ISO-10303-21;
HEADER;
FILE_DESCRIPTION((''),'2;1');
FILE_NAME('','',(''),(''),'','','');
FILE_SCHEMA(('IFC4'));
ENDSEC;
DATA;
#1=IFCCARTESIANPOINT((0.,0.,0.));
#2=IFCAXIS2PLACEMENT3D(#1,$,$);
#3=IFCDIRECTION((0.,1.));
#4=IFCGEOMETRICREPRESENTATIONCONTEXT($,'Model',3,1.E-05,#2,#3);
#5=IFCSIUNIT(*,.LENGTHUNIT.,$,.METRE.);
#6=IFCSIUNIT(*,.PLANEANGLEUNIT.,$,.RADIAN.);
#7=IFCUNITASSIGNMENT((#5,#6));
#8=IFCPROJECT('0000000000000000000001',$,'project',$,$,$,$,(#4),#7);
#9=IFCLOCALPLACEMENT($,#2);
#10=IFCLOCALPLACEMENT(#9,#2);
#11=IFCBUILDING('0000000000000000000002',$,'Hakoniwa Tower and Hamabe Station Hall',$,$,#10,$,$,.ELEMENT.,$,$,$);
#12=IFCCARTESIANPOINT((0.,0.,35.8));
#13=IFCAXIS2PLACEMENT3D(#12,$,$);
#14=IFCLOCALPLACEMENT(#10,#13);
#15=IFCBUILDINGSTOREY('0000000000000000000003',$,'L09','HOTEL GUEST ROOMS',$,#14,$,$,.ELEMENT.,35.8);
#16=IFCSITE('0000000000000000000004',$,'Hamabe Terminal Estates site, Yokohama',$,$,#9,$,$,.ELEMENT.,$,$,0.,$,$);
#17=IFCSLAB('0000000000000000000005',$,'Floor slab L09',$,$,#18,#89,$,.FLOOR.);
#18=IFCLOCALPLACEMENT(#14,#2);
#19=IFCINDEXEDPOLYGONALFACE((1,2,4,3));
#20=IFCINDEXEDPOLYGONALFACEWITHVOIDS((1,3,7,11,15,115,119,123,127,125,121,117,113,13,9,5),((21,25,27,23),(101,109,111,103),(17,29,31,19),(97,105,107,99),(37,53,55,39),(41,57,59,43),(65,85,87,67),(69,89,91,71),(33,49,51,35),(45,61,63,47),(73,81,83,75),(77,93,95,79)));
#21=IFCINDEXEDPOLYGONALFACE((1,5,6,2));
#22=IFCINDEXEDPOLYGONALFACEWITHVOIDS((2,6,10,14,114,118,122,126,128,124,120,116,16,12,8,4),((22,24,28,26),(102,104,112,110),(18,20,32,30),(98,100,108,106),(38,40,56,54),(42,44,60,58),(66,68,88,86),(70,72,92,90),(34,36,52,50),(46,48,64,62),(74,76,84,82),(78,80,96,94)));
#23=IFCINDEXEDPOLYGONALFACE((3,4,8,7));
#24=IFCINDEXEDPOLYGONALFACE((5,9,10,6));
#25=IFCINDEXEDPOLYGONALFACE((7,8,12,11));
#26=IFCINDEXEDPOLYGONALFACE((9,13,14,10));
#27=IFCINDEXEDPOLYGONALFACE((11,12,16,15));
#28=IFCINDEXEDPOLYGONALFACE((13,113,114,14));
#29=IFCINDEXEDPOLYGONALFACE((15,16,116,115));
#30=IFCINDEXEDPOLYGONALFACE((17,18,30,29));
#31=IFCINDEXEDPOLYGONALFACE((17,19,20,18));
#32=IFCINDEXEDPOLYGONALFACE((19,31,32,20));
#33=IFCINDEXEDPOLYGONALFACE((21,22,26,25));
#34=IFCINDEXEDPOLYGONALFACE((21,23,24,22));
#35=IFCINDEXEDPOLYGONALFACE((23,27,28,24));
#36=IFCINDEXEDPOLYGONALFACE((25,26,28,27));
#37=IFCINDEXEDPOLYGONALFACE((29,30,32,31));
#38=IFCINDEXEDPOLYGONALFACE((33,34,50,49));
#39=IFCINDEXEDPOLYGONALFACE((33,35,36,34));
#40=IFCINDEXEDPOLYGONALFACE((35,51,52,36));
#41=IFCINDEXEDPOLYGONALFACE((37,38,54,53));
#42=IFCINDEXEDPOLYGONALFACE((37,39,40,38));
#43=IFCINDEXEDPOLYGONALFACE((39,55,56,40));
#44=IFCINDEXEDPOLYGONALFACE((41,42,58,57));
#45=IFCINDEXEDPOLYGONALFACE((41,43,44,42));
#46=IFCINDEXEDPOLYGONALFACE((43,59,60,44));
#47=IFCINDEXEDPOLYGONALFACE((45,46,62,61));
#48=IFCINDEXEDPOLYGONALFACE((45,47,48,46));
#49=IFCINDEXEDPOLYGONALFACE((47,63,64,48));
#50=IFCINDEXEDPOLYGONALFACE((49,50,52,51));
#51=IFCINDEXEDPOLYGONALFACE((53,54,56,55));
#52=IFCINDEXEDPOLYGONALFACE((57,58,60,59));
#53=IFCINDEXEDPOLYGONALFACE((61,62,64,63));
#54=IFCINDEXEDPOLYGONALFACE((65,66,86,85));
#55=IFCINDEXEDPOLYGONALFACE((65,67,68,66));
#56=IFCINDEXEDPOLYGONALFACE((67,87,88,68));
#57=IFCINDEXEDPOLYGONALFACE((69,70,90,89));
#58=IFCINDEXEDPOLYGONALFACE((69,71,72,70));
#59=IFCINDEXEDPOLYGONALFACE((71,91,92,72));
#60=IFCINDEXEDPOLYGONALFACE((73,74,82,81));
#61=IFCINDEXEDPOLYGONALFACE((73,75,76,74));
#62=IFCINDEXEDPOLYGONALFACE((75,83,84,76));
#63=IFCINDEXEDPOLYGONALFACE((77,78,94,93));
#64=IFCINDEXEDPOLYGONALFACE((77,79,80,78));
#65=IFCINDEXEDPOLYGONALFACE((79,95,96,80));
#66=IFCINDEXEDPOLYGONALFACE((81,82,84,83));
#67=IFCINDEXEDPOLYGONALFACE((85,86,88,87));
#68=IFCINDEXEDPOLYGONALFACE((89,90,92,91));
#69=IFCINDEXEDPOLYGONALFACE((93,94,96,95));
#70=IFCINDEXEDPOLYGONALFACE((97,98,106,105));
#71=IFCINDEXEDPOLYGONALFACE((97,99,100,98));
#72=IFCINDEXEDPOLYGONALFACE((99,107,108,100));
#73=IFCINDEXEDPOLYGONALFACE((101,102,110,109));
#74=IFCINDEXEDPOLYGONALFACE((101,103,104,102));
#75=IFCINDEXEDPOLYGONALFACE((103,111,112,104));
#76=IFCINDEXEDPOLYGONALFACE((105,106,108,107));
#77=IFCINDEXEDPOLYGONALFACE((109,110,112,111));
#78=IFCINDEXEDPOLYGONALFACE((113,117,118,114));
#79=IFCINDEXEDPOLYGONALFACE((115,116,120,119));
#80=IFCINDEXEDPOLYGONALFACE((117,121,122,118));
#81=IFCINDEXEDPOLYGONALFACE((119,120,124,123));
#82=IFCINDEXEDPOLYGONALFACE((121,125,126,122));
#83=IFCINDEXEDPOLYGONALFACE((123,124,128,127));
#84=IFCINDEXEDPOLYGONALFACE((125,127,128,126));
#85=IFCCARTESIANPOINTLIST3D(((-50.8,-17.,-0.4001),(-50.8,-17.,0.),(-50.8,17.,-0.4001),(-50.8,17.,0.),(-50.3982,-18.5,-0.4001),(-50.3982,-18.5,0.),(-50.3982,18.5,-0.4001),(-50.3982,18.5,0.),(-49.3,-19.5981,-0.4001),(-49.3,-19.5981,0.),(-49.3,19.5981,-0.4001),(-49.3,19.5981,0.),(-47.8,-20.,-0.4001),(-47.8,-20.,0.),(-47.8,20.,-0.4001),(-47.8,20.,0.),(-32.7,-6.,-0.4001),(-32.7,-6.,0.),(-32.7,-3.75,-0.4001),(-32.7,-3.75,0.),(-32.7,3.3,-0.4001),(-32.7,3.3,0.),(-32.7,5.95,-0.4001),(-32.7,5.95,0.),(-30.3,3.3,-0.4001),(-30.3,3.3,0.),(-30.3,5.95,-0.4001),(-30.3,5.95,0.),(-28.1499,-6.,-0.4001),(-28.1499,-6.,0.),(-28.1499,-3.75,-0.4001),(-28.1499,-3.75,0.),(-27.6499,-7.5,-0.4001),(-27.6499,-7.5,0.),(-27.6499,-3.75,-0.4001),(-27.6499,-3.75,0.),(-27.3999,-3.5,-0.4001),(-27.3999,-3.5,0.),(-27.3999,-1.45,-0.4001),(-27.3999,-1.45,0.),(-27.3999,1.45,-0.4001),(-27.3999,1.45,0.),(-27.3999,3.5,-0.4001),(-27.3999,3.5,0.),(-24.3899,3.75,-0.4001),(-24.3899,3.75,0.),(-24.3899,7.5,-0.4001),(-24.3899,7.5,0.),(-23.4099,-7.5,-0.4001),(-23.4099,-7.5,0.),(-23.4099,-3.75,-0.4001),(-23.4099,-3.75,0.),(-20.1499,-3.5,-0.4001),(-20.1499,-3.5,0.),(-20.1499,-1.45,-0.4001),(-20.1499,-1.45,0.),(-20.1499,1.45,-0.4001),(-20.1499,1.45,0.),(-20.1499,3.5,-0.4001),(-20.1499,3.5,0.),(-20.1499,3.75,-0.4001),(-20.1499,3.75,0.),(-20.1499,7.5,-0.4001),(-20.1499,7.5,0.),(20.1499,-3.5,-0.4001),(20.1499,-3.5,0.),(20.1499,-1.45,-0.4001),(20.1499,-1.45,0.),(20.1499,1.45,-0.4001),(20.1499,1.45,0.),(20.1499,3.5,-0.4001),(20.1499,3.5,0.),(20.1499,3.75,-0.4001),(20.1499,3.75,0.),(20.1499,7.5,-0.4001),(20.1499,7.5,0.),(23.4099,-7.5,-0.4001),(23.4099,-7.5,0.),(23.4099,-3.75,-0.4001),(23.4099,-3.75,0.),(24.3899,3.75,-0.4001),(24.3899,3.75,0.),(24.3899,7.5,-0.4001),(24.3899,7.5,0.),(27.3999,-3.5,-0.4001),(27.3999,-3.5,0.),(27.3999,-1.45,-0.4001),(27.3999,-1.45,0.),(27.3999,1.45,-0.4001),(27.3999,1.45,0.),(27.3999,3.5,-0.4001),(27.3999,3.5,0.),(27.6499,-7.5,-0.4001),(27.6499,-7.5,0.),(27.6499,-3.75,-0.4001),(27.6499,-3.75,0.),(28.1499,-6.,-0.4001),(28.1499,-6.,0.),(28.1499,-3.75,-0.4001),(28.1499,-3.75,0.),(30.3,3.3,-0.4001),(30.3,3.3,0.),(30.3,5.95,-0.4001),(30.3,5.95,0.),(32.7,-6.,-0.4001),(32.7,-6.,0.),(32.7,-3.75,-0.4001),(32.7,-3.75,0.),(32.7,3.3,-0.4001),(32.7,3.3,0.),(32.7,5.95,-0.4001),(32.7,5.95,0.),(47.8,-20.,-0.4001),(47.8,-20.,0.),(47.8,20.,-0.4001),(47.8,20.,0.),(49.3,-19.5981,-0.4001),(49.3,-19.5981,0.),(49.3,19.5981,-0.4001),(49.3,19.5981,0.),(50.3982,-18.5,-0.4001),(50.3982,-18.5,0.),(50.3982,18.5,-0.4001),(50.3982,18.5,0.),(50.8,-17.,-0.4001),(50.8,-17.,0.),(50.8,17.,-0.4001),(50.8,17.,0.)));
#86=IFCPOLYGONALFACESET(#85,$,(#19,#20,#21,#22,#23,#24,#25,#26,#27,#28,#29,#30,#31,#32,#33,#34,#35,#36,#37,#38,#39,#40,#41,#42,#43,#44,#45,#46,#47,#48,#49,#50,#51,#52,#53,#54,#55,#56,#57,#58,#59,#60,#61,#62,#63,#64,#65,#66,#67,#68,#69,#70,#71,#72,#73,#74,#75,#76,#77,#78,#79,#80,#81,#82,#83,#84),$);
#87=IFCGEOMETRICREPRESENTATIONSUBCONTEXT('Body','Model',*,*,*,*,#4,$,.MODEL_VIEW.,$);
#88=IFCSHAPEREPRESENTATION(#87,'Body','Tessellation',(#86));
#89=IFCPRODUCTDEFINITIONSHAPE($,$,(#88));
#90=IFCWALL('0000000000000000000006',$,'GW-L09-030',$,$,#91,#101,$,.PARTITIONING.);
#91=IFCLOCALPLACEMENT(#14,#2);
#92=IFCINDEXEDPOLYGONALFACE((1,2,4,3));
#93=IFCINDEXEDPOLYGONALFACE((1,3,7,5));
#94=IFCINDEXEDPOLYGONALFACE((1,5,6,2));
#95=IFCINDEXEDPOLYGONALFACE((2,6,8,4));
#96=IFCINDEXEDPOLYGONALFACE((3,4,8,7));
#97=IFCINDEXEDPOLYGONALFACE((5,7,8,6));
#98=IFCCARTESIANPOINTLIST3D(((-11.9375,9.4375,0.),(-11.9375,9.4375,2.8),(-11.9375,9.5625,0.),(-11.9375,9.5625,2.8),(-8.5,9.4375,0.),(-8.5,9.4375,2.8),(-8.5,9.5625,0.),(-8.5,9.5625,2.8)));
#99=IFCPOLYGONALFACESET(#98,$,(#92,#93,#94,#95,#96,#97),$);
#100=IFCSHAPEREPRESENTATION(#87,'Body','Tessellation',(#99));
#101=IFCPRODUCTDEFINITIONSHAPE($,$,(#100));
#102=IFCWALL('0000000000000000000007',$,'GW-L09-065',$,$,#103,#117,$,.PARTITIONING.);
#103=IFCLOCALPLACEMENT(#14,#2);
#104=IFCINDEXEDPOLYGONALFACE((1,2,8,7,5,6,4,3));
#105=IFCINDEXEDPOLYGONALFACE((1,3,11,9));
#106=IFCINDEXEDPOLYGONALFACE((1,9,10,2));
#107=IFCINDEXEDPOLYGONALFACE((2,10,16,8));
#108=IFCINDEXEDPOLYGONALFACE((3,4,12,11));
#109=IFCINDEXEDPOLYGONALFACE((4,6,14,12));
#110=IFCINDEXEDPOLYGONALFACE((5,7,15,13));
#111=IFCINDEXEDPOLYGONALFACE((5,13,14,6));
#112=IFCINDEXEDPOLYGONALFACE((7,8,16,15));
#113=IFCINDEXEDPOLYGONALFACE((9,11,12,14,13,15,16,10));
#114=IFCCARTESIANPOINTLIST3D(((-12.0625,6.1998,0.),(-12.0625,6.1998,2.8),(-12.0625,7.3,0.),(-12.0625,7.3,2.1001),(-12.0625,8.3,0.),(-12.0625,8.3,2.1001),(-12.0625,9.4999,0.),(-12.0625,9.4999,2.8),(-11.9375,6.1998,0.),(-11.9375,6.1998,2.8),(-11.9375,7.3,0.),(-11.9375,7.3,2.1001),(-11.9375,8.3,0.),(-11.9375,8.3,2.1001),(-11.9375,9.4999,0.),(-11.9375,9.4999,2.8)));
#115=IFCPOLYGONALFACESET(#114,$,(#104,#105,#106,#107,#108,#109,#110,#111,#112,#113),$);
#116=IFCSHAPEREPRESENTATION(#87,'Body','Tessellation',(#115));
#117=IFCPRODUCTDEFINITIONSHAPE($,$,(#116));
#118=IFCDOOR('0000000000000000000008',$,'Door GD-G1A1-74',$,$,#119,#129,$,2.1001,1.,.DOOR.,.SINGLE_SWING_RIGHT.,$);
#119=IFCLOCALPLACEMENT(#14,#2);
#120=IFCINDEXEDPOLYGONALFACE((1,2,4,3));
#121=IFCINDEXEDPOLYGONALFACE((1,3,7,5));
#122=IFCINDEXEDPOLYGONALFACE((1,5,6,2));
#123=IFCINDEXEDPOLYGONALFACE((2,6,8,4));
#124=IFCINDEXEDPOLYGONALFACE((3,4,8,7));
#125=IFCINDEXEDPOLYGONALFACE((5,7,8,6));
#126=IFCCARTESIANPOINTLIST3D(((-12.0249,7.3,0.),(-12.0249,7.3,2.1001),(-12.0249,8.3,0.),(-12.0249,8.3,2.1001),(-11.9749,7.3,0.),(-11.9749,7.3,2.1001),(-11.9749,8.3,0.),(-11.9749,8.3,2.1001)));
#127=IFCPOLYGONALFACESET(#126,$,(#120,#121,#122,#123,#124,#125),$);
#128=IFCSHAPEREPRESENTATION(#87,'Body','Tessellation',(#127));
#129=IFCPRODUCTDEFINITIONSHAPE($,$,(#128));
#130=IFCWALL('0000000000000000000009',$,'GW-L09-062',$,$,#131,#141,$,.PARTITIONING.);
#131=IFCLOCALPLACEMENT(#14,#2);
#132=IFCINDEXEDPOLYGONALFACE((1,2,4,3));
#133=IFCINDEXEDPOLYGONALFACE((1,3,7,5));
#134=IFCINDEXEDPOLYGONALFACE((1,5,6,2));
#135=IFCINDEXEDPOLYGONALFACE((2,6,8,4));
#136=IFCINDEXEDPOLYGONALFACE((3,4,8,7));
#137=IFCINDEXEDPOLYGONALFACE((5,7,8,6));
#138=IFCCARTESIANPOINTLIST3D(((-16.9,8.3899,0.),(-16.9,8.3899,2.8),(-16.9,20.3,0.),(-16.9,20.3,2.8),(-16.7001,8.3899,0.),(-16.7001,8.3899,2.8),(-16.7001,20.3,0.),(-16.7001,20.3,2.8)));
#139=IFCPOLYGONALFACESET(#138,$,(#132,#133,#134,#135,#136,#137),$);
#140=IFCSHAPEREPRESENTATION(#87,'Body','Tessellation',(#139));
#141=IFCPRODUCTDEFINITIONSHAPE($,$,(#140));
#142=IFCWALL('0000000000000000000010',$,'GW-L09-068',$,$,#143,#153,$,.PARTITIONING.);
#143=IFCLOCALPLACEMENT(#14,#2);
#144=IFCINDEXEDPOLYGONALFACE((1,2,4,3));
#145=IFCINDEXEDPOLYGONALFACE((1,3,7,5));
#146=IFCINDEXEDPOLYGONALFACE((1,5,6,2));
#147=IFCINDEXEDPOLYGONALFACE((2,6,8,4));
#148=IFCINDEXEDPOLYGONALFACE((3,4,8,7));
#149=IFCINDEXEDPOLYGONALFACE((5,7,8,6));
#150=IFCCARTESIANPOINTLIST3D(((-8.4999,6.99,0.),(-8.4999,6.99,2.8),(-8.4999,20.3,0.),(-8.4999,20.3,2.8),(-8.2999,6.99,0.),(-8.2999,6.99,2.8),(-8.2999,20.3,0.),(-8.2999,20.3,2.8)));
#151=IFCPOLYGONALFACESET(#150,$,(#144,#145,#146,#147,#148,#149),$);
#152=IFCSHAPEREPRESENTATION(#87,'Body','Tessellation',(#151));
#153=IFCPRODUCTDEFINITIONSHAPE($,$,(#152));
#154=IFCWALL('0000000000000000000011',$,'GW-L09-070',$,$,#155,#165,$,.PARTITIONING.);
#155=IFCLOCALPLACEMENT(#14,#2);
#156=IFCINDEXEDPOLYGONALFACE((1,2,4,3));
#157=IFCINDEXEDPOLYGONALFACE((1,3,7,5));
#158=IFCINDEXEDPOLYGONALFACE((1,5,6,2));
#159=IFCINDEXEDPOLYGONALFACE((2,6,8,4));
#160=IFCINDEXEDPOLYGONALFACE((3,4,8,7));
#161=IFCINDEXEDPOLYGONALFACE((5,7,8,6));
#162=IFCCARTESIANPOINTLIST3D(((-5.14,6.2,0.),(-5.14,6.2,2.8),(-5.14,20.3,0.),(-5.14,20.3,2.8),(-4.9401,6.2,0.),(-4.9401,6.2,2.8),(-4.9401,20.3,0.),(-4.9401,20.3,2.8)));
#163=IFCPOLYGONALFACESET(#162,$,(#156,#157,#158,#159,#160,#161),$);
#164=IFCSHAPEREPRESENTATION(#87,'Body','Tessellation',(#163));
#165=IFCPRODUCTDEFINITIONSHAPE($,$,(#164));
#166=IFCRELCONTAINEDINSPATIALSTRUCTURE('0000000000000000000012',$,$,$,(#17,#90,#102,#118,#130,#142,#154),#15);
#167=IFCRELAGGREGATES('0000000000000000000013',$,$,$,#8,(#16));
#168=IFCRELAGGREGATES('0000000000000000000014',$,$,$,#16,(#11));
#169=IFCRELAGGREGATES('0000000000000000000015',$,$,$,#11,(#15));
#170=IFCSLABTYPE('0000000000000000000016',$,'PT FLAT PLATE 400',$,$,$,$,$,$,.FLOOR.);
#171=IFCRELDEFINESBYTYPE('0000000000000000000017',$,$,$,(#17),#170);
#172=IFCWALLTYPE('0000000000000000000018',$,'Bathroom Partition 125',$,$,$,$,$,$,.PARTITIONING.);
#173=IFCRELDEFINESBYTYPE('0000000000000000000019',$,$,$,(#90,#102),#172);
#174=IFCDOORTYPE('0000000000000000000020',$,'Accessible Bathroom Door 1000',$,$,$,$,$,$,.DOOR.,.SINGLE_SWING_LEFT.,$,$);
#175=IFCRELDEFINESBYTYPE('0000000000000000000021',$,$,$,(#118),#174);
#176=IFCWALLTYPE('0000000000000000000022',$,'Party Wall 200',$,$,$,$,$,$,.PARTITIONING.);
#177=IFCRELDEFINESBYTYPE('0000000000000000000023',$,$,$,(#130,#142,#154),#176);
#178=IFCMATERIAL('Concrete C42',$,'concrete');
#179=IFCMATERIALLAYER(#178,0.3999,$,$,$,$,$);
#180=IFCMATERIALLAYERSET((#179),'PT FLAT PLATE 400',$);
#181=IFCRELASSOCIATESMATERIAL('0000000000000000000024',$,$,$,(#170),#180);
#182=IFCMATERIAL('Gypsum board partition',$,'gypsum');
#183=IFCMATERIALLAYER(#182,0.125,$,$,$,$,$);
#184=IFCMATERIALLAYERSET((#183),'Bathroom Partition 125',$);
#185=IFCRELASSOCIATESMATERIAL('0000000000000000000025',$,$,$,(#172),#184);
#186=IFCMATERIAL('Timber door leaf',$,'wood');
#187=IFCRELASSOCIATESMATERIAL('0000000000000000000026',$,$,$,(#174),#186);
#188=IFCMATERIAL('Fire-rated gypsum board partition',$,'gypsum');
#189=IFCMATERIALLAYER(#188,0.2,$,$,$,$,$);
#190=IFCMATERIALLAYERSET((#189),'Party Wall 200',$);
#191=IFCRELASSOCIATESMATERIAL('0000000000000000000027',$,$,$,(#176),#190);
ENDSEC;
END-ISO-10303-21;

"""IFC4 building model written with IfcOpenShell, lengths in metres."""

from ifc_helpers import new_model, si_unit, direction, frame, frame_2d, origin, place, context, subcontext, project, spatial, polyline, rectangle, outline, extrude, material, layer, layer_set, type_object, element, fill, save


model = new_model("IFC4")

# Units and contexts
model_context = context("Model", 3, precision=1e-05, world=origin(), true_north=direction((0.0, 1.0)))
body_context = subcontext(model_context, "Body", "Model", "MODEL_VIEW")
ifc_project = project(units=[si_unit("LENGTHUNIT", "METRE"), si_unit("PLANEANGLEUNIT", "RADIAN")], contexts=[model_context])

# Site, building, storey
site_placement = place(None, origin())
site = spatial("IfcSite", under=ifc_project, at=site_placement, Name="Hamabe Terminal Estates site, Yokohama", CompositionType="ELEMENT", RefElevation=0.0)
building_placement = place(site_placement, origin())
building = spatial("IfcBuilding", under=site, at=building_placement, Name="Hakoniwa Tower and Hamabe Station Hall", CompositionType="ELEMENT")
storey_placement = place(building_placement, frame((0.0, 0.0, 35.8)))
storey = spatial("IfcBuildingStorey", under=building, at=storey_placement, Name="L09", Description="HOTEL GUEST ROOMS", CompositionType="ELEMENT", Elevation=35.8)

# Slab
ifc_material_1 = material(Name="Concrete C42", Category="concrete")
ifc_layer_1 = layer(ifc_material_1, 0.3999)
ifc_layer_set_1 = layer_set([ifc_layer_1], Name="PT FLAT PLATE 400")
slab_type = type_object("IfcSlabType", Name="PT FLAT PLATE 400", PredefinedType="FLOOR", material=ifc_layer_set_1)
slab_placement = place(storey_placement, frame((0.0, 0.0, -0.4001)))
element("IfcSlab", 1, at=slab_placement, inside=storey, type_object=slab_type, Name="Floor slab L09", PredefinedType="FLOOR", context=body_context, shape_type="SweptSolid", body=[
    extrude(outline(polyline([(50.8, -17.0), (50.8, 17.0), (50.3982, 18.5), (49.3, 19.5981), (47.8, 20.0), (-47.8, 20.0), (-49.3, 19.5981), (-50.3982, 18.5), (-50.8, 17.0), (-50.8, -17.0), (-50.3982, -18.5), (-49.3, -19.5981), (-47.8, -20.0), (47.8, -20.0), (49.3, -19.5981), (50.3982, -18.5), (50.8, -17.0)]), holes=[polyline([(-27.3999, 1.45), (-27.3999, 3.5), (-20.1499, 3.5), (-20.1499, 1.45), (-27.3999, 1.45)]), polyline([(-27.3999, -3.5), (-27.3999, -1.45), (-20.1499, -1.45), (-20.1499, -3.5), (-27.3999, -3.5)]), polyline([(-32.7, 3.3), (-32.7, 5.95), (-30.3, 5.95), (-30.3, 3.3), (-32.7, 3.3)]), polyline([(-32.7, -6.0), (-32.7, -3.75), (-28.1499, -3.75), (-28.1499, -6.0), (-32.7, -6.0)]), polyline([(-24.3899, 3.75), (-24.3899, 7.5), (-20.1499, 7.5), (-20.1499, 3.75), (-24.3899, 3.75)]), polyline([(-27.6499, -7.5), (-27.6499, -3.75), (-23.4099, -3.75), (-23.4099, -7.5), (-27.6499, -7.5)]), polyline([(20.1499, 1.45), (20.1499, 3.5), (27.3999, 3.5), (27.3999, 1.45), (20.1499, 1.45)]), polyline([(20.1499, -3.5), (20.1499, -1.45), (27.3999, -1.45), (27.3999, -3.5), (20.1499, -3.5)]), polyline([(30.3, 3.3), (30.3, 5.95), (32.7, 5.95), (32.7, 3.3), (30.3, 3.3)]), polyline([(28.1499, -6.0), (28.1499, -3.75), (32.7, -3.75), (32.7, -6.0), (28.1499, -6.0)]), polyline([(20.1499, 3.75), (20.1499, 7.5), (24.3899, 7.5), (24.3899, 3.75), (20.1499, 3.75)]), polyline([(23.4099, -7.5), (23.4099, -3.75), (27.6499, -3.75), (27.6499, -7.5), (23.4099, -7.5)])]), origin(), (0.0, 0.0, 1.0), 0.4001),
])

# Wall
ifc_material_2 = material(Name="Gypsum board partition", Category="gypsum")
ifc_layer_2 = layer(ifc_material_2, 0.125)
ifc_layer_set_2 = layer_set([ifc_layer_2], Name="Bathroom Partition 125")
wall_type_1 = type_object("IfcWallType", Name="Bathroom Partition 125", PredefinedType="PARTITIONING", material=ifc_layer_set_2)
wall_1_placement = place(storey_placement, frame((-11.9375, 9.5, 0.0), z_axis=(0.0, 0.0, 1.0), x_axis=(1.0, 0.0, 0.0)))
element("IfcWall", 2, at=wall_1_placement, inside=storey, type_object=wall_type_1, Name="GW-L09-030", PredefinedType="PARTITIONING", context=body_context, shape_type="SweptSolid", body=[
    extrude(rectangle(XDim=3.4375, YDim=0.125, at=frame_2d((1.7188, 0.0))), origin(), (0.0, 0.0, 1.0), 2.8),
])

# Wall, opening, door
wall_2_placement = place(storey_placement, frame((-12.0, 6.2, 0.0), z_axis=(0.0, 0.0, 1.0), x_axis=(0.0, 1.0, 0.0)))
wall_2 = element("IfcWall", 3, at=wall_2_placement, inside=storey, type_object=wall_type_1, Name="GW-L09-065", PredefinedType="PARTITIONING", context=body_context, shape_type="SweptSolid", body=[
    extrude(rectangle(XDim=3.3, YDim=0.125, at=frame_2d((1.6499, 0.0))), origin(), (0.0, 0.0, 1.0), 2.8),
])
opening_placement = place(wall_2_placement, frame((1.1001, 0.0, 0.0)))
opening = element("IfcOpeningElement", 4, at=opening_placement, cuts=wall_2, PredefinedType="OPENING", context=body_context, shape_type="SweptSolid", body=[
    extrude(rectangle(XDim=1.0, YDim=2.1001, at=frame_2d((0.5, 1.05))), frame((0.0, 0.0725, 0.0), z_axis=(0.0, -1.0, 0.0), x_axis=(1.0, 0.0, 0.0)), (0.0, 0.0, 1.0), 0.145),
])
ifc_material_3 = material(Name="Timber door leaf", Category="wood")
door_type = type_object("IfcDoorType", Name="Accessible Bathroom Door 1000", OperationType="SINGLE_SWING_LEFT", PredefinedType="DOOR", material=ifc_material_3)
door_placement = place(opening_placement, origin())
door = element("IfcDoor", 5, at=door_placement, inside=storey, type_object=door_type, Name="Door GD-G1A1-74", OperationType="SINGLE_SWING_RIGHT", OverallHeight=2.1001, OverallWidth=1.0, PredefinedType="DOOR", context=body_context, shape_type="SweptSolid", body=[
    extrude(rectangle(XDim=1.0, YDim=2.1001, at=frame_2d((0.5, 1.05))), frame((0.0, 0.0249, 0.0), z_axis=(0.0, -1.0, 0.0), x_axis=(1.0, 0.0, 0.0)), (0.0, 0.0, 1.0), 0.05),
])
fill(opening, door)

# Walls
ifc_material_4 = material(Name="Fire-rated gypsum board partition", Category="gypsum")
ifc_layer_3 = layer(ifc_material_4, 0.2)
ifc_layer_set_3 = layer_set([ifc_layer_3], Name="Party Wall 200")
wall_type_2 = type_object("IfcWallType", Name="Party Wall 200", PredefinedType="PARTITIONING", material=ifc_layer_set_3)
wall_3_placement = place(storey_placement, frame((-16.8, 8.3899, 0.0), z_axis=(0.0, 0.0, 1.0), x_axis=(0.0, 1.0, 0.0)))
element("IfcWall", 6, at=wall_3_placement, inside=storey, type_object=wall_type_2, Name="GW-L09-062", PredefinedType="PARTITIONING", context=body_context, shape_type="SweptSolid", body=[
    extrude(rectangle(XDim=11.9102, YDim=0.2, at=frame_2d((5.9551, 0.0))), origin(), (0.0, 0.0, 1.0), 2.8),
])
wall_4_placement = place(storey_placement, frame((-8.3999, 6.99, 0.0), z_axis=(0.0, 0.0, 1.0), x_axis=(0.0, 1.0, 0.0)))
element("IfcWall", 7, at=wall_4_placement, inside=storey, type_object=wall_type_2, Name="GW-L09-068", PredefinedType="PARTITIONING", context=body_context, shape_type="SweptSolid", body=[
    extrude(rectangle(XDim=13.3101, YDim=0.2, at=frame_2d((6.655, 0.0))), origin(), (0.0, 0.0, 1.0), 2.8),
])
wall_5_placement = place(storey_placement, frame((-5.04, 6.2, 0.0), z_axis=(0.0, 0.0, 1.0), x_axis=(0.0, 1.0, 0.0)))
element("IfcWall", 8, at=wall_5_placement, inside=storey, type_object=wall_type_2, Name="GW-L09-070", PredefinedType="PARTITIONING", context=body_context, shape_type="SweptSolid", body=[
    extrude(rectangle(XDim=14.1001, YDim=0.2, at=frame_2d((7.05, 0.0))), origin(), (0.0, 0.0, 1.0), 2.8),
])

save(model, "model.ifc")
